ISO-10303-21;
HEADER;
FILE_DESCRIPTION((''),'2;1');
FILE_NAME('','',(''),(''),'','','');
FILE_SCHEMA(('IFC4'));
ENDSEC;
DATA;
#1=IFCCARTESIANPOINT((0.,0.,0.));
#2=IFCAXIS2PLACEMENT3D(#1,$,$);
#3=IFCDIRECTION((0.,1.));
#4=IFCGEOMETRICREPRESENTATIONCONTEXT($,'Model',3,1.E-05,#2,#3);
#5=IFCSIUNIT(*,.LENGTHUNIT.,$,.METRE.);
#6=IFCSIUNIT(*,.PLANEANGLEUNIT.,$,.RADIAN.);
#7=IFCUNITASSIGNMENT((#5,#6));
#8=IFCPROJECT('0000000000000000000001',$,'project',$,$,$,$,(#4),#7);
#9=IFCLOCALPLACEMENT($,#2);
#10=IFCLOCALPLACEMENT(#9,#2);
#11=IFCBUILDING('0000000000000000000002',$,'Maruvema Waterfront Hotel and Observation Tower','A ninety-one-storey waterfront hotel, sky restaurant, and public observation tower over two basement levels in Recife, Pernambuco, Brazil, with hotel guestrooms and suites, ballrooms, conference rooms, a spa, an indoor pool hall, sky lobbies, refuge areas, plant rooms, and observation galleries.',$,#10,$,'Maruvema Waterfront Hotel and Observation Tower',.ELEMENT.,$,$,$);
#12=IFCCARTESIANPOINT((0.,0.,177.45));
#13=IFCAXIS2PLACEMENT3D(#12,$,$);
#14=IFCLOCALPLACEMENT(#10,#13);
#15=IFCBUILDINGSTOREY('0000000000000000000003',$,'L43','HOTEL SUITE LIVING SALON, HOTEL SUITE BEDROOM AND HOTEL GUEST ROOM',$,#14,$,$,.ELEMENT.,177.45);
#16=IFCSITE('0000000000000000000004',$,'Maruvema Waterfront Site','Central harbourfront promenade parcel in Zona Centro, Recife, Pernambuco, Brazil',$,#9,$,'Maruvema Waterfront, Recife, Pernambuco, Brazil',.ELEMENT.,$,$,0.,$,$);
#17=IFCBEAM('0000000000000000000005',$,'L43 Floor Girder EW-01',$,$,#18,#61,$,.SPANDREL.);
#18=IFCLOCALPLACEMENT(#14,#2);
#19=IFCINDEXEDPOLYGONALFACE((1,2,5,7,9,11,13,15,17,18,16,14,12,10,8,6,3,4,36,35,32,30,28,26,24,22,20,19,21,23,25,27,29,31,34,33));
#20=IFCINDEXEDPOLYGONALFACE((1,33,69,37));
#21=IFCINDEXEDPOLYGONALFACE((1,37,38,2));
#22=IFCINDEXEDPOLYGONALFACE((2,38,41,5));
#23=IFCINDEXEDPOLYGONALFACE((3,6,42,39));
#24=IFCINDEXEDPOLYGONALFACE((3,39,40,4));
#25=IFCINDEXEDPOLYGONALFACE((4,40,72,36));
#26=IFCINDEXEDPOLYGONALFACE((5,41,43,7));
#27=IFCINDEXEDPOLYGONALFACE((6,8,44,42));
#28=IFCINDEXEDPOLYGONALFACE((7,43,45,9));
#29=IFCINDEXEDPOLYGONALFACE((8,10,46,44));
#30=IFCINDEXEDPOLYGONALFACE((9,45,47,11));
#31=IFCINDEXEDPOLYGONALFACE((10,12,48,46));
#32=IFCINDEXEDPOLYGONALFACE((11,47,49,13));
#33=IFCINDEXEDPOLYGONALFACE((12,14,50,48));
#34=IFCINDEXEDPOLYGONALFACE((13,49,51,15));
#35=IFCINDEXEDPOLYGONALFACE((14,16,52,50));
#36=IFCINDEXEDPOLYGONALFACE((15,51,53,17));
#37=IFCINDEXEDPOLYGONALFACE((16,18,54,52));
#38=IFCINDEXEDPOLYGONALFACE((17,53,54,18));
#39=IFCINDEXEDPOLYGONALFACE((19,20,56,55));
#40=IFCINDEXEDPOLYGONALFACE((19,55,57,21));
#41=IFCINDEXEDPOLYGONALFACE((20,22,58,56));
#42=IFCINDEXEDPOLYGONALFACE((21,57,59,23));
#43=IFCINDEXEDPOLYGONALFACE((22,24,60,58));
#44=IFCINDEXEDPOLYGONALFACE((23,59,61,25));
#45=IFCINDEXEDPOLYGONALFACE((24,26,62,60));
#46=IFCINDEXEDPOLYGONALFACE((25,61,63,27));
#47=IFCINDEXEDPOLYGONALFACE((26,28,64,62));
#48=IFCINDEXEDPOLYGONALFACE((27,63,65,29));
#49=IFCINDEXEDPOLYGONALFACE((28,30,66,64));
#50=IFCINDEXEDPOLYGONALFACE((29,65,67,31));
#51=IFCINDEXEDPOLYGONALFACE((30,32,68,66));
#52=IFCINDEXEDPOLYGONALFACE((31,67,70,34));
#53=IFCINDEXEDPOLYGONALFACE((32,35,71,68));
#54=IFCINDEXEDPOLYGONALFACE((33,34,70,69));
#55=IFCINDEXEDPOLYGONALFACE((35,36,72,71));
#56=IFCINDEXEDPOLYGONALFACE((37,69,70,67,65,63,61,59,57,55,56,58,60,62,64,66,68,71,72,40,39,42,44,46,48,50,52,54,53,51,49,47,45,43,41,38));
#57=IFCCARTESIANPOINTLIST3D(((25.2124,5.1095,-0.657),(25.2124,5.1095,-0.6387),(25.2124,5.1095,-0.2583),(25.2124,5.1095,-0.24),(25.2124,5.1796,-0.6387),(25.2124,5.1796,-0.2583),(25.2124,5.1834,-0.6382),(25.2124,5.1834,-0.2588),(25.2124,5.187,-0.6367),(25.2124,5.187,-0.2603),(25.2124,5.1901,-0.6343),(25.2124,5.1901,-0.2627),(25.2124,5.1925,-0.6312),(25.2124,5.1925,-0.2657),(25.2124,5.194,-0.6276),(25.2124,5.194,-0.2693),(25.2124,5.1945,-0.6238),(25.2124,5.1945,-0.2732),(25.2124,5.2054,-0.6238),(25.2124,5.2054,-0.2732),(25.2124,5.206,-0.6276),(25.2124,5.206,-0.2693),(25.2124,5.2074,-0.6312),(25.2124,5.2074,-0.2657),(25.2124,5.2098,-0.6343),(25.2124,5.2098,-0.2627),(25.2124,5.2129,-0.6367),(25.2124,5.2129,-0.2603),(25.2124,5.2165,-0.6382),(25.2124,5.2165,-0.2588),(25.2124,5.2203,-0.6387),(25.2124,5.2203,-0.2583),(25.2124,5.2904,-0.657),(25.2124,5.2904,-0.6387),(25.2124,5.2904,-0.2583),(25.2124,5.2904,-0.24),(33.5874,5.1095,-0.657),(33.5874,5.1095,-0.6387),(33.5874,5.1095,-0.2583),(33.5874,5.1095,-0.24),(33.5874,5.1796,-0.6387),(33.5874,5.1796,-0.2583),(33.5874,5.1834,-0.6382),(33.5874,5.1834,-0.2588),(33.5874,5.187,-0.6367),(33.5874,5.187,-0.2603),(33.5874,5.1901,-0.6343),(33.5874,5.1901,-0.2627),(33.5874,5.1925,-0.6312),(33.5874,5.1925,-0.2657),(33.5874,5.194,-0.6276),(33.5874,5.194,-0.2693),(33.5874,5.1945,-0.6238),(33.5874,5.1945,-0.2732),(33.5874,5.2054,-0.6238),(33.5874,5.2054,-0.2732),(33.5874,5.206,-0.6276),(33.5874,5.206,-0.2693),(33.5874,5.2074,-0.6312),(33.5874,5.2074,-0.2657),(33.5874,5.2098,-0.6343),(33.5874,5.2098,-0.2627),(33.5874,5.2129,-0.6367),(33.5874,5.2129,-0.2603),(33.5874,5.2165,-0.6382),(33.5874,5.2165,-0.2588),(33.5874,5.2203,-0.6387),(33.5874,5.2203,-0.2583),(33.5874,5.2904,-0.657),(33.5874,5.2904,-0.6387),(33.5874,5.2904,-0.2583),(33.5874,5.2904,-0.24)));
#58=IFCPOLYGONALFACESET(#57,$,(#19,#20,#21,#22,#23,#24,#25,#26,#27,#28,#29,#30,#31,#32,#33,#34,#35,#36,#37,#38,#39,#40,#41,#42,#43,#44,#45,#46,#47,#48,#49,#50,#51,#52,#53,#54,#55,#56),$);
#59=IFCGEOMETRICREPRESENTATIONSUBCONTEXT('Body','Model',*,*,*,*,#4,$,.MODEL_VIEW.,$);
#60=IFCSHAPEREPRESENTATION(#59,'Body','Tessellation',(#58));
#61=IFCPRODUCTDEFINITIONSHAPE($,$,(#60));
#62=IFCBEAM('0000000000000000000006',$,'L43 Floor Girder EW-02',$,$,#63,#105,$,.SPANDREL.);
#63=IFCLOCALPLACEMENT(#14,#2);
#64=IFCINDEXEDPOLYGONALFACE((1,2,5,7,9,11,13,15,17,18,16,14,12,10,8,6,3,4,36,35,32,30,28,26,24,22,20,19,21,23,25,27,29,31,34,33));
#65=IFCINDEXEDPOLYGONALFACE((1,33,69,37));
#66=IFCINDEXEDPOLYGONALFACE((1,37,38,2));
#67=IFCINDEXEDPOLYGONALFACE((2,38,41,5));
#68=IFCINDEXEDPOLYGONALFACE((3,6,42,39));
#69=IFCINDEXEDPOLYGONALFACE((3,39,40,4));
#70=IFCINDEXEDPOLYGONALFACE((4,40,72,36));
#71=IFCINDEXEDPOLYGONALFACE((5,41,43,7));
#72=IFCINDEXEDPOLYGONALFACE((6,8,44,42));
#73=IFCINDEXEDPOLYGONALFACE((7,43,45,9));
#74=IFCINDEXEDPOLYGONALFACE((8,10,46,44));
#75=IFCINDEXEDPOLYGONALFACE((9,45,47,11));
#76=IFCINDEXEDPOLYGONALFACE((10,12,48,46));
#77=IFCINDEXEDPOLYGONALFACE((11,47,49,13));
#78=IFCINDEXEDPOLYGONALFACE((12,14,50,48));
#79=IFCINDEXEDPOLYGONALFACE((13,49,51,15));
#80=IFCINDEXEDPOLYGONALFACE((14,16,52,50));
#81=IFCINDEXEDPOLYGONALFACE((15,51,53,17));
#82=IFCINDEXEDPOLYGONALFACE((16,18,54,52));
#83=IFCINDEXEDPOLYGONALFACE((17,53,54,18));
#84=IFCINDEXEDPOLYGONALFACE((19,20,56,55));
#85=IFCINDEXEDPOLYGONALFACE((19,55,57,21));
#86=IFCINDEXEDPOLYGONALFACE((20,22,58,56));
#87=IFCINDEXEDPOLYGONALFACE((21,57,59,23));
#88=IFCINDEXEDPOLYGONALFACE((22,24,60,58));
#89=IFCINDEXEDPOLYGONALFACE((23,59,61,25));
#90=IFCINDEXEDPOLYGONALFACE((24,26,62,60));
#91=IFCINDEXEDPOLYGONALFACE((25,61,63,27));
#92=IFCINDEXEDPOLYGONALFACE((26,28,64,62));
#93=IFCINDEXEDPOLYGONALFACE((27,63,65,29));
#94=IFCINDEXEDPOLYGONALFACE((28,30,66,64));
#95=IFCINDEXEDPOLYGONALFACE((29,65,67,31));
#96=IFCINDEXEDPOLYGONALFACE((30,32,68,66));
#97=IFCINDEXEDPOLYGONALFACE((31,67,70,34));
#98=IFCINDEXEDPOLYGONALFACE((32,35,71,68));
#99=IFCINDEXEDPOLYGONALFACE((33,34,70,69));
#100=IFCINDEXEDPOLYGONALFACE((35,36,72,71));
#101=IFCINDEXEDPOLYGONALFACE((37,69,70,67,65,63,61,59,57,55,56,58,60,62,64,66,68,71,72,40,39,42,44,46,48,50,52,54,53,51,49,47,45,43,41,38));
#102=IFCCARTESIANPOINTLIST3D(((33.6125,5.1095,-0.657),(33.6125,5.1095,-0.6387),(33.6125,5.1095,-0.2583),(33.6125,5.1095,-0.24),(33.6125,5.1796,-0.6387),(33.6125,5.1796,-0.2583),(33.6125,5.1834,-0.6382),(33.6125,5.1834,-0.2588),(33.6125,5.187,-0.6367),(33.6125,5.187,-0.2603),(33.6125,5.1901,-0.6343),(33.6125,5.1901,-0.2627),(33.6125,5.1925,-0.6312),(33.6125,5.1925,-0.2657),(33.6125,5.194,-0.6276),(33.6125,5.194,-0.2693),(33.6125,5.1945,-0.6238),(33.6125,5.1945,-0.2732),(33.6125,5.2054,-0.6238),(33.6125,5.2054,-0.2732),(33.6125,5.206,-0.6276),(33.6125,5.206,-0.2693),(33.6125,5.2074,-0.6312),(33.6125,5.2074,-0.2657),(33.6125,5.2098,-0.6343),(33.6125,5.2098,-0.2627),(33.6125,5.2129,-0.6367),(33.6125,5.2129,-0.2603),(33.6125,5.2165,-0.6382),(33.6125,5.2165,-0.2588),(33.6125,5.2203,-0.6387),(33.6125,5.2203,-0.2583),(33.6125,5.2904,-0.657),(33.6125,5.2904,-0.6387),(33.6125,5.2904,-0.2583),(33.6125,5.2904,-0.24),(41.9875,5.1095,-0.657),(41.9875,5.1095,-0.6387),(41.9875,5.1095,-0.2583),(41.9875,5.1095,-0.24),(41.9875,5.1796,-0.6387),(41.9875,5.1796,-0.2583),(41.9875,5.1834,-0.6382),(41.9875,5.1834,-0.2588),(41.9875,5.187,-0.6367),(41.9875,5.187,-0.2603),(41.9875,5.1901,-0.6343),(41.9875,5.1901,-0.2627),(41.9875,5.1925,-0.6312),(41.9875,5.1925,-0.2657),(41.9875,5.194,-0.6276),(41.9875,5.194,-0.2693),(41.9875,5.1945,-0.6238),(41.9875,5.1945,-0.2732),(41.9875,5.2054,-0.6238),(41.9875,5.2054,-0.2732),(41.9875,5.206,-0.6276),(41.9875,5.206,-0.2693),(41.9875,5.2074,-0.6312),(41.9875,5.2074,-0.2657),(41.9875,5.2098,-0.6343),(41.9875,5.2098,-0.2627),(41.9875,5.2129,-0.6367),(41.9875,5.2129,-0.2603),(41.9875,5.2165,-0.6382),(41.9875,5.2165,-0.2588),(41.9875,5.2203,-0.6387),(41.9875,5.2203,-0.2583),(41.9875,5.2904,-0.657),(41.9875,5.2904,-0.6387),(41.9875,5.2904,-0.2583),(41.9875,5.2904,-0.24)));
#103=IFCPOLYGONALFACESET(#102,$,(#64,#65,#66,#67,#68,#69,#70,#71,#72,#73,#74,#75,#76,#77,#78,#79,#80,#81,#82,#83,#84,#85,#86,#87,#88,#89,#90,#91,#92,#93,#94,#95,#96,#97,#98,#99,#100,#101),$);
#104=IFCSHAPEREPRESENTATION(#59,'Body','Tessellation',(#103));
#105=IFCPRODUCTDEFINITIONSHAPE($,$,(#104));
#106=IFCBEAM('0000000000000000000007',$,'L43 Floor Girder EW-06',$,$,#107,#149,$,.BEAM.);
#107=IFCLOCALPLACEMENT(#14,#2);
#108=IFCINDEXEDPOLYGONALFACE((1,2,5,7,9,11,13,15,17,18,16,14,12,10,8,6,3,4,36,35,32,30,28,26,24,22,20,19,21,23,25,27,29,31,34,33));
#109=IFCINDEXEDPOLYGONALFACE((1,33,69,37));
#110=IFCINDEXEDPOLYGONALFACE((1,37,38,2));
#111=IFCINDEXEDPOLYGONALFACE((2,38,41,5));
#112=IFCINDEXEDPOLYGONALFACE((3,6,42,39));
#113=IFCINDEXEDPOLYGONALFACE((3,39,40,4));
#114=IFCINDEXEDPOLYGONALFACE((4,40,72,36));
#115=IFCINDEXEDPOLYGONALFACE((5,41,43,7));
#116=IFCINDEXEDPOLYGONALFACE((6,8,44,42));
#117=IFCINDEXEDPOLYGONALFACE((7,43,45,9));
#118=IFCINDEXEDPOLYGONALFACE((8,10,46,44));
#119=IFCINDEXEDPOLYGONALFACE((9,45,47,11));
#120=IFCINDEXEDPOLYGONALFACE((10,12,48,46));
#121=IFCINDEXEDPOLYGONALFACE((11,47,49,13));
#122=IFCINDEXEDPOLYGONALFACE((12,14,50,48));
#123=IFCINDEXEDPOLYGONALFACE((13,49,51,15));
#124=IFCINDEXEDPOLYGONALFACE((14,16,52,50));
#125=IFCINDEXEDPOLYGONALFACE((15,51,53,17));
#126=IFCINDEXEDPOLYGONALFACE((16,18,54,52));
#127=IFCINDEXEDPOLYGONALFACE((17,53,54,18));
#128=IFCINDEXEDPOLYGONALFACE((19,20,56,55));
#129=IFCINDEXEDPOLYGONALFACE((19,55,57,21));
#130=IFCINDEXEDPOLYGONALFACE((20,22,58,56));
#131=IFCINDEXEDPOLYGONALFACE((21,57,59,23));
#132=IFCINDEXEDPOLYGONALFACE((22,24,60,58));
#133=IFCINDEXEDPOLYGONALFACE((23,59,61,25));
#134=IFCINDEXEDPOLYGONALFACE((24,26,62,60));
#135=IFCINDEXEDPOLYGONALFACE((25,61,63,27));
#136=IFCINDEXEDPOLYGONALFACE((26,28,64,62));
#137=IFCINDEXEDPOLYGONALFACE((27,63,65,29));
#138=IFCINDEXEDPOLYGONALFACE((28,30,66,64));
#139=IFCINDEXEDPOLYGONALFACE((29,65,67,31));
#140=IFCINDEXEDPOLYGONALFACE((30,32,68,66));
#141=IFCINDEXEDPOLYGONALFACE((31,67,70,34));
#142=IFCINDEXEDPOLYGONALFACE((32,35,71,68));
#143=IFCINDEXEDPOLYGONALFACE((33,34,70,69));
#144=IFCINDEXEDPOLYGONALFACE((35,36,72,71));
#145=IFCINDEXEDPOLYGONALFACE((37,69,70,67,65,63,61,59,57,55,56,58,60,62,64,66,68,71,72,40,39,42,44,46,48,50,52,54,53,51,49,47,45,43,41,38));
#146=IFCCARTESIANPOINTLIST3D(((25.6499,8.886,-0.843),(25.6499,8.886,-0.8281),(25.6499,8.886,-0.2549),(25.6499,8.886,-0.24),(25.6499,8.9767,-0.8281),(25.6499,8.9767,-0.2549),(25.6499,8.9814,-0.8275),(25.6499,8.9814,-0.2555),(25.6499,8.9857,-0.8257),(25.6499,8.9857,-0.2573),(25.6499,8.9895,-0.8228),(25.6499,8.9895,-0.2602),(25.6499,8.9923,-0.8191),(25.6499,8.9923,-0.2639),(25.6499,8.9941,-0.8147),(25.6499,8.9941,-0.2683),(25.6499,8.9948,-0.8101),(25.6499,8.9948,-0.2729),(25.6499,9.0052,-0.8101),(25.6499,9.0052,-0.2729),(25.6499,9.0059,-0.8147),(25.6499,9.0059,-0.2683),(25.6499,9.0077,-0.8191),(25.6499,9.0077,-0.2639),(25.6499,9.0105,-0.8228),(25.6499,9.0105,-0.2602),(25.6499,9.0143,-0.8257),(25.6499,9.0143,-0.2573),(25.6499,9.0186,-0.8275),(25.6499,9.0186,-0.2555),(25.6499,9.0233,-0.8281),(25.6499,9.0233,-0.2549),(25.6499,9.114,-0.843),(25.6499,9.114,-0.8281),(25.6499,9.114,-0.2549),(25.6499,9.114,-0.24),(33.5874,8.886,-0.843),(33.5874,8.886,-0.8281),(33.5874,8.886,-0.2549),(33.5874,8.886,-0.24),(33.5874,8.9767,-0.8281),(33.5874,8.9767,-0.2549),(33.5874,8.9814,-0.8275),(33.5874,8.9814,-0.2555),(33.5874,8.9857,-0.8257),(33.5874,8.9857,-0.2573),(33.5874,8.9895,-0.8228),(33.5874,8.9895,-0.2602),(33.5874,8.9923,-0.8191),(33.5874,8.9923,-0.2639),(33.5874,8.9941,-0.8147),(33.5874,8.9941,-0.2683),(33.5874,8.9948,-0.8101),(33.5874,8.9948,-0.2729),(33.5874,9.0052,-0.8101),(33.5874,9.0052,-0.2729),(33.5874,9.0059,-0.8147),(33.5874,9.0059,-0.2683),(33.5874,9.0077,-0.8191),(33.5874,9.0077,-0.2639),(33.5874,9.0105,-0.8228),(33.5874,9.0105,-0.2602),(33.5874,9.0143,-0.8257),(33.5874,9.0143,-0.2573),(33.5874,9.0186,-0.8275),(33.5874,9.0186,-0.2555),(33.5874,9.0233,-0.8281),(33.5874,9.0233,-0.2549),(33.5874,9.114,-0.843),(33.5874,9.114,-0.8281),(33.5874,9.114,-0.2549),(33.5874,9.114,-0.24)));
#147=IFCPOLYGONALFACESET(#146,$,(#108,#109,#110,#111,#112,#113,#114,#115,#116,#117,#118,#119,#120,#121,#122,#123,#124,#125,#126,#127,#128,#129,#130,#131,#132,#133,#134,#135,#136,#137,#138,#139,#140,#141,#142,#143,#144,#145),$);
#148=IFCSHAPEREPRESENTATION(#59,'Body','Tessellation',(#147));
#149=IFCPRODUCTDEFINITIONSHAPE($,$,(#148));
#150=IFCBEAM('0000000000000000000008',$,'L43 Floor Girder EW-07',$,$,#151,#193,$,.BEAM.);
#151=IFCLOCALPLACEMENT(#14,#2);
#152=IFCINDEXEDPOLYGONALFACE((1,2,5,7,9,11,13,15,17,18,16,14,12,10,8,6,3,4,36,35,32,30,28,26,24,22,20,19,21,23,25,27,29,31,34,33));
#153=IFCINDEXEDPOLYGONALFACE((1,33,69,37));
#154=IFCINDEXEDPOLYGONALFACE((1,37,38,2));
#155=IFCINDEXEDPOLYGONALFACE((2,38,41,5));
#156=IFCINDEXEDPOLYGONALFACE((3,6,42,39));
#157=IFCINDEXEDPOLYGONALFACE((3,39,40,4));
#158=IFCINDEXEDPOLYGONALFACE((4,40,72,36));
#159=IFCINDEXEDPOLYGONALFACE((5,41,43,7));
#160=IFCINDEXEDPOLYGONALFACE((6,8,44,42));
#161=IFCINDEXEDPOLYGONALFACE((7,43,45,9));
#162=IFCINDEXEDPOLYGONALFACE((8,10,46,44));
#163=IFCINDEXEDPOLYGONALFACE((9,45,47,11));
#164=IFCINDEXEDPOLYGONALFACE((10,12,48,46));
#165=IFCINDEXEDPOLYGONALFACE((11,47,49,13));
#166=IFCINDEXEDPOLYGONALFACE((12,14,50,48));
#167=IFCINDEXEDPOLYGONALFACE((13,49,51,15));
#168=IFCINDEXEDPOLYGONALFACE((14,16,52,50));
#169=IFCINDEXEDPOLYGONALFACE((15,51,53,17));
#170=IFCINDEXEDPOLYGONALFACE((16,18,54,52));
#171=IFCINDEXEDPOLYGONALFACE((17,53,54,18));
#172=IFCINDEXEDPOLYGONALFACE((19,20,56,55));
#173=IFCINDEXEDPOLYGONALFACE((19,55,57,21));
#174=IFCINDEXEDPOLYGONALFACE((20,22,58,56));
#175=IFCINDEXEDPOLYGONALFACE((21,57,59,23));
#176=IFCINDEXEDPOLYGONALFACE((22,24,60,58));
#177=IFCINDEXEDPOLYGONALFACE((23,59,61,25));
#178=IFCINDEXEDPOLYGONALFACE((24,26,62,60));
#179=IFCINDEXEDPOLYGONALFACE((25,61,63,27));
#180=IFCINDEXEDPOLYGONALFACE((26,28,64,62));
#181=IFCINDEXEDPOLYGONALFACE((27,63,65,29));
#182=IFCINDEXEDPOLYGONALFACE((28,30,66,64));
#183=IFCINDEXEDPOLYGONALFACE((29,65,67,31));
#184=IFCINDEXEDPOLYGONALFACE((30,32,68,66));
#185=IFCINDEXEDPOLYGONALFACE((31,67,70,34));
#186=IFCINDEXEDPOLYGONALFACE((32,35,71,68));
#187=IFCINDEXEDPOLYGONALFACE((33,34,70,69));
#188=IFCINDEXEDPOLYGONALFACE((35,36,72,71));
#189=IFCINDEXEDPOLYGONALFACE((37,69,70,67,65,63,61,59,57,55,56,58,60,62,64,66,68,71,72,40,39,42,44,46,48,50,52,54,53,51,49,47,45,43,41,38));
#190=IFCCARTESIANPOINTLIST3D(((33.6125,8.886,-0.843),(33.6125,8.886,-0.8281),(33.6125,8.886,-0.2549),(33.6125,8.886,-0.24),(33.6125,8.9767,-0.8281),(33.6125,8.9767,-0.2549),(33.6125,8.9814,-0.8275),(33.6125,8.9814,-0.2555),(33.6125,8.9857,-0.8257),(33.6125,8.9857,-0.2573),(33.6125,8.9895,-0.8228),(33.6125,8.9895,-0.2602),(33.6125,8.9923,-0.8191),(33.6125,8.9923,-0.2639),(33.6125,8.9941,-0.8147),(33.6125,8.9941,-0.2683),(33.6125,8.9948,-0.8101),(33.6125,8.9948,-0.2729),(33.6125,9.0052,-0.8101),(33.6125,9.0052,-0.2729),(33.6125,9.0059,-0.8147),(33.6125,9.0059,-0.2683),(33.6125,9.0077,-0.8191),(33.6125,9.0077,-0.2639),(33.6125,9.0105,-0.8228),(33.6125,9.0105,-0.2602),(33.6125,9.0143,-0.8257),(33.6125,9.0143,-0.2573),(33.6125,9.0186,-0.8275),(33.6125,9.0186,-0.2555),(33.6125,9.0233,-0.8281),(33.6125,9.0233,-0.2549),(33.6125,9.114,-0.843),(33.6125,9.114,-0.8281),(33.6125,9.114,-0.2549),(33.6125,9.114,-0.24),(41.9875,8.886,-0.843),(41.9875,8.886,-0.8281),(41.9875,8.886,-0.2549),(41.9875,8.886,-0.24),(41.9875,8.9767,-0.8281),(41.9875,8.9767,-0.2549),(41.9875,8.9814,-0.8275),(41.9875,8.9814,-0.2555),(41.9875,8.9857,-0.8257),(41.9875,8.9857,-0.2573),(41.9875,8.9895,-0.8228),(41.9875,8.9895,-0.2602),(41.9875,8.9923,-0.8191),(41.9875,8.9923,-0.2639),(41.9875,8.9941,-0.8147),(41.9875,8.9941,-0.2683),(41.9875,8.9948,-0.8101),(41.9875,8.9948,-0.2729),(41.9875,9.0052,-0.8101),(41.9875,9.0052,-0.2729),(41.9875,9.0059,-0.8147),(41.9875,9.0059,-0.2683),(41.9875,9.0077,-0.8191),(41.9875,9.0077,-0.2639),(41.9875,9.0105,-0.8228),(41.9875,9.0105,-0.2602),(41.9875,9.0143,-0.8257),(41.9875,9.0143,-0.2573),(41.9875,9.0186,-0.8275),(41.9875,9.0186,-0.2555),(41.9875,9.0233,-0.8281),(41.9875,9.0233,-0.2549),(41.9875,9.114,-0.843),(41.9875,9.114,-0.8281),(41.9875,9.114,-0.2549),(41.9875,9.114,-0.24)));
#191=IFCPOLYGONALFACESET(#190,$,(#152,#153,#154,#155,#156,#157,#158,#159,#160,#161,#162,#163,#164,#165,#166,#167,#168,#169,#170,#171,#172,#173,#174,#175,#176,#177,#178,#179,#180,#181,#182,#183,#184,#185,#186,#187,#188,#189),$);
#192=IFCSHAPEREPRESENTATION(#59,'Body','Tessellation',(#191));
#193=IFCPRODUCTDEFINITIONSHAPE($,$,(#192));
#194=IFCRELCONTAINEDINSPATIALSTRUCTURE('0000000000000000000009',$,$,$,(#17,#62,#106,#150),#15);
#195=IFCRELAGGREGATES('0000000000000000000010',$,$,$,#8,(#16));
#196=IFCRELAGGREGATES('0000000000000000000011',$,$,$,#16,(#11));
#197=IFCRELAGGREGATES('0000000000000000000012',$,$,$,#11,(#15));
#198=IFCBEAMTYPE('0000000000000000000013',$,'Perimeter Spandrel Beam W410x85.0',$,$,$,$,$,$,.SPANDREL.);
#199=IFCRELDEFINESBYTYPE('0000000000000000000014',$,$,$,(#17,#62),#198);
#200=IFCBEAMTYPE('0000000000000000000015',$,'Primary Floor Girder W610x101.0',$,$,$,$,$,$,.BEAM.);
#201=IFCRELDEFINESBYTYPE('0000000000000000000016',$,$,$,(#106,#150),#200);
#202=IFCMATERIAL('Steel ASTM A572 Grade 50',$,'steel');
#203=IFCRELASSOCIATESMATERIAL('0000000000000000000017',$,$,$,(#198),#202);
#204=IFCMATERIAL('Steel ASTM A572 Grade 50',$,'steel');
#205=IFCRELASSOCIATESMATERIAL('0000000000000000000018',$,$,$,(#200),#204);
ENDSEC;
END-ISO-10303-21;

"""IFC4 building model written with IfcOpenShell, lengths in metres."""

from ifc_helpers import new_model, si_unit, direction, frame, origin, origin_2d, place, context, subcontext, project, spatial, i_section, extrude, material, material_profile, profile_set, type_object, element, save


model = new_model("IFC4")

# Units and contexts
model_context = context("Model", 3, precision=1e-05, world=origin(), true_north=direction((0.0, 1.0)))
body_context = subcontext(model_context, "Body", "Model", "MODEL_VIEW")
ifc_project = project(units=[si_unit("LENGTHUNIT", "METRE"), si_unit("PLANEANGLEUNIT", "RADIAN")], contexts=[model_context])

# Site, building, storey
site_placement = place(None, origin())
site = spatial("IfcSite", under=ifc_project, at=site_placement, Name="Maruvema Waterfront Site", Description="Central harbourfront promenade parcel in Zona Centro, Recife, Pernambuco, Brazil", LongName="Maruvema Waterfront, Recife, Pernambuco, Brazil", CompositionType="ELEMENT", RefElevation=0.0)
building_placement = place(site_placement, origin())
building = spatial("IfcBuilding", under=site, at=building_placement, Name="Maruvema Waterfront Hotel and Observation Tower", Description="A ninety-one-storey waterfront hotel, sky restaurant, and public observation tower over two basement levels in Recife, Pernambuco, Brazil, with hotel guestrooms and suites, ballrooms, conference rooms, a spa, an indoor pool hall, sky lobbies, refuge areas, plant rooms, and observation galleries.", LongName="Maruvema Waterfront Hotel and Observation Tower", CompositionType="ELEMENT")
storey_placement = place(building_placement, frame((0.0, 0.0, 177.45)))
storey = spatial("IfcBuildingStorey", under=building, at=storey_placement, Name="L43", Description="HOTEL SUITE LIVING SALON, HOTEL SUITE BEDROOM AND HOTEL GUEST ROOM", CompositionType="ELEMENT", Elevation=177.45)

# Beams
ifc_material_1 = material(Name="Steel ASTM A572 Grade 50", Category="steel")
ifc_material_profile_1 = material_profile(ifc_material_1, i_section(OverallWidth=0.1809, OverallDepth=0.417, WebThickness=0.011, FlangeThickness=0.0183, FilletRadius=0.0149, at=origin_2d()), Name="W410x85.0")
ifc_profile_set_1 = profile_set([ifc_material_profile_1], Name="Steel ASTM A572 Grade 50")
beam_type_1 = type_object("IfcBeamType", Name="Perimeter Spandrel Beam W410x85.0", PredefinedType="SPANDREL", material=ifc_profile_set_1)
for number, where, z_axis, x_axis, name in (
    (1, (25.2124, 5.2, -0.4485), (1.0, 0.0, 0.0), (0.0, 1.0, 0.0), "L43 Floor Girder EW-01"),
    (2, (33.6125, 5.2, -0.4485), (1.0, 0.0, 0.0), (0.0, 1.0, 0.0), "L43 Floor Girder EW-02"),
):
    element("IfcBeam", number, at=place(storey_placement, frame(where, z_axis=z_axis, x_axis=x_axis)), inside=storey, type_object=beam_type_1, Name=name, PredefinedType="SPANDREL", context=body_context, shape_type="SweptSolid", body=[
        extrude(i_section(OverallWidth=0.1809, OverallDepth=0.417, WebThickness=0.011, FlangeThickness=0.0183, FilletRadius=0.0149, at=origin_2d()), origin(), (0.0, 0.0, 1.0), 8.375),
    ])
ifc_material_2 = material(Name="Steel ASTM A572 Grade 50", Category="steel")
ifc_material_profile_2 = material_profile(ifc_material_2, i_section(OverallWidth=0.228, OverallDepth=0.603, WebThickness=0.0105, FlangeThickness=0.0149, FilletRadius=0.0181, at=origin_2d()), Name="W610x101.0")
ifc_profile_set_2 = profile_set([ifc_material_profile_2], Name="Steel ASTM A572 Grade 50")
beam_type_2 = type_object("IfcBeamType", Name="Primary Floor Girder W610x101.0", PredefinedType="BEAM", material=ifc_profile_set_2)
beam_1_placement = place(storey_placement, frame((25.6499, 9.0, -0.5415), z_axis=(1.0, 0.0, 0.0), x_axis=(0.0, 1.0, 0.0)))
element("IfcBeam", 3, at=beam_1_placement, inside=storey, type_object=beam_type_2, Name="L43 Floor Girder EW-06", PredefinedType="BEAM", context=body_context, shape_type="SweptSolid", body=[
    extrude(i_section(OverallWidth=0.228, OverallDepth=0.603, WebThickness=0.0105, FlangeThickness=0.0149, FilletRadius=0.0181, at=origin_2d()), origin(), (0.0, 0.0, 1.0), 7.9375),
])
beam_2_placement = place(storey_placement, frame((33.6125, 9.0, -0.5415), z_axis=(1.0, 0.0, 0.0), x_axis=(0.0, 1.0, 0.0)))
element("IfcBeam", 4, at=beam_2_placement, inside=storey, type_object=beam_type_2, Name="L43 Floor Girder EW-07", PredefinedType="BEAM", context=body_context, shape_type="SweptSolid", body=[
    extrude(i_section(OverallWidth=0.228, OverallDepth=0.603, WebThickness=0.0105, FlangeThickness=0.0149, FilletRadius=0.0181, at=origin_2d()), origin(), (0.0, 0.0, 1.0), 8.375),
])

save(model, "model.ifc")
